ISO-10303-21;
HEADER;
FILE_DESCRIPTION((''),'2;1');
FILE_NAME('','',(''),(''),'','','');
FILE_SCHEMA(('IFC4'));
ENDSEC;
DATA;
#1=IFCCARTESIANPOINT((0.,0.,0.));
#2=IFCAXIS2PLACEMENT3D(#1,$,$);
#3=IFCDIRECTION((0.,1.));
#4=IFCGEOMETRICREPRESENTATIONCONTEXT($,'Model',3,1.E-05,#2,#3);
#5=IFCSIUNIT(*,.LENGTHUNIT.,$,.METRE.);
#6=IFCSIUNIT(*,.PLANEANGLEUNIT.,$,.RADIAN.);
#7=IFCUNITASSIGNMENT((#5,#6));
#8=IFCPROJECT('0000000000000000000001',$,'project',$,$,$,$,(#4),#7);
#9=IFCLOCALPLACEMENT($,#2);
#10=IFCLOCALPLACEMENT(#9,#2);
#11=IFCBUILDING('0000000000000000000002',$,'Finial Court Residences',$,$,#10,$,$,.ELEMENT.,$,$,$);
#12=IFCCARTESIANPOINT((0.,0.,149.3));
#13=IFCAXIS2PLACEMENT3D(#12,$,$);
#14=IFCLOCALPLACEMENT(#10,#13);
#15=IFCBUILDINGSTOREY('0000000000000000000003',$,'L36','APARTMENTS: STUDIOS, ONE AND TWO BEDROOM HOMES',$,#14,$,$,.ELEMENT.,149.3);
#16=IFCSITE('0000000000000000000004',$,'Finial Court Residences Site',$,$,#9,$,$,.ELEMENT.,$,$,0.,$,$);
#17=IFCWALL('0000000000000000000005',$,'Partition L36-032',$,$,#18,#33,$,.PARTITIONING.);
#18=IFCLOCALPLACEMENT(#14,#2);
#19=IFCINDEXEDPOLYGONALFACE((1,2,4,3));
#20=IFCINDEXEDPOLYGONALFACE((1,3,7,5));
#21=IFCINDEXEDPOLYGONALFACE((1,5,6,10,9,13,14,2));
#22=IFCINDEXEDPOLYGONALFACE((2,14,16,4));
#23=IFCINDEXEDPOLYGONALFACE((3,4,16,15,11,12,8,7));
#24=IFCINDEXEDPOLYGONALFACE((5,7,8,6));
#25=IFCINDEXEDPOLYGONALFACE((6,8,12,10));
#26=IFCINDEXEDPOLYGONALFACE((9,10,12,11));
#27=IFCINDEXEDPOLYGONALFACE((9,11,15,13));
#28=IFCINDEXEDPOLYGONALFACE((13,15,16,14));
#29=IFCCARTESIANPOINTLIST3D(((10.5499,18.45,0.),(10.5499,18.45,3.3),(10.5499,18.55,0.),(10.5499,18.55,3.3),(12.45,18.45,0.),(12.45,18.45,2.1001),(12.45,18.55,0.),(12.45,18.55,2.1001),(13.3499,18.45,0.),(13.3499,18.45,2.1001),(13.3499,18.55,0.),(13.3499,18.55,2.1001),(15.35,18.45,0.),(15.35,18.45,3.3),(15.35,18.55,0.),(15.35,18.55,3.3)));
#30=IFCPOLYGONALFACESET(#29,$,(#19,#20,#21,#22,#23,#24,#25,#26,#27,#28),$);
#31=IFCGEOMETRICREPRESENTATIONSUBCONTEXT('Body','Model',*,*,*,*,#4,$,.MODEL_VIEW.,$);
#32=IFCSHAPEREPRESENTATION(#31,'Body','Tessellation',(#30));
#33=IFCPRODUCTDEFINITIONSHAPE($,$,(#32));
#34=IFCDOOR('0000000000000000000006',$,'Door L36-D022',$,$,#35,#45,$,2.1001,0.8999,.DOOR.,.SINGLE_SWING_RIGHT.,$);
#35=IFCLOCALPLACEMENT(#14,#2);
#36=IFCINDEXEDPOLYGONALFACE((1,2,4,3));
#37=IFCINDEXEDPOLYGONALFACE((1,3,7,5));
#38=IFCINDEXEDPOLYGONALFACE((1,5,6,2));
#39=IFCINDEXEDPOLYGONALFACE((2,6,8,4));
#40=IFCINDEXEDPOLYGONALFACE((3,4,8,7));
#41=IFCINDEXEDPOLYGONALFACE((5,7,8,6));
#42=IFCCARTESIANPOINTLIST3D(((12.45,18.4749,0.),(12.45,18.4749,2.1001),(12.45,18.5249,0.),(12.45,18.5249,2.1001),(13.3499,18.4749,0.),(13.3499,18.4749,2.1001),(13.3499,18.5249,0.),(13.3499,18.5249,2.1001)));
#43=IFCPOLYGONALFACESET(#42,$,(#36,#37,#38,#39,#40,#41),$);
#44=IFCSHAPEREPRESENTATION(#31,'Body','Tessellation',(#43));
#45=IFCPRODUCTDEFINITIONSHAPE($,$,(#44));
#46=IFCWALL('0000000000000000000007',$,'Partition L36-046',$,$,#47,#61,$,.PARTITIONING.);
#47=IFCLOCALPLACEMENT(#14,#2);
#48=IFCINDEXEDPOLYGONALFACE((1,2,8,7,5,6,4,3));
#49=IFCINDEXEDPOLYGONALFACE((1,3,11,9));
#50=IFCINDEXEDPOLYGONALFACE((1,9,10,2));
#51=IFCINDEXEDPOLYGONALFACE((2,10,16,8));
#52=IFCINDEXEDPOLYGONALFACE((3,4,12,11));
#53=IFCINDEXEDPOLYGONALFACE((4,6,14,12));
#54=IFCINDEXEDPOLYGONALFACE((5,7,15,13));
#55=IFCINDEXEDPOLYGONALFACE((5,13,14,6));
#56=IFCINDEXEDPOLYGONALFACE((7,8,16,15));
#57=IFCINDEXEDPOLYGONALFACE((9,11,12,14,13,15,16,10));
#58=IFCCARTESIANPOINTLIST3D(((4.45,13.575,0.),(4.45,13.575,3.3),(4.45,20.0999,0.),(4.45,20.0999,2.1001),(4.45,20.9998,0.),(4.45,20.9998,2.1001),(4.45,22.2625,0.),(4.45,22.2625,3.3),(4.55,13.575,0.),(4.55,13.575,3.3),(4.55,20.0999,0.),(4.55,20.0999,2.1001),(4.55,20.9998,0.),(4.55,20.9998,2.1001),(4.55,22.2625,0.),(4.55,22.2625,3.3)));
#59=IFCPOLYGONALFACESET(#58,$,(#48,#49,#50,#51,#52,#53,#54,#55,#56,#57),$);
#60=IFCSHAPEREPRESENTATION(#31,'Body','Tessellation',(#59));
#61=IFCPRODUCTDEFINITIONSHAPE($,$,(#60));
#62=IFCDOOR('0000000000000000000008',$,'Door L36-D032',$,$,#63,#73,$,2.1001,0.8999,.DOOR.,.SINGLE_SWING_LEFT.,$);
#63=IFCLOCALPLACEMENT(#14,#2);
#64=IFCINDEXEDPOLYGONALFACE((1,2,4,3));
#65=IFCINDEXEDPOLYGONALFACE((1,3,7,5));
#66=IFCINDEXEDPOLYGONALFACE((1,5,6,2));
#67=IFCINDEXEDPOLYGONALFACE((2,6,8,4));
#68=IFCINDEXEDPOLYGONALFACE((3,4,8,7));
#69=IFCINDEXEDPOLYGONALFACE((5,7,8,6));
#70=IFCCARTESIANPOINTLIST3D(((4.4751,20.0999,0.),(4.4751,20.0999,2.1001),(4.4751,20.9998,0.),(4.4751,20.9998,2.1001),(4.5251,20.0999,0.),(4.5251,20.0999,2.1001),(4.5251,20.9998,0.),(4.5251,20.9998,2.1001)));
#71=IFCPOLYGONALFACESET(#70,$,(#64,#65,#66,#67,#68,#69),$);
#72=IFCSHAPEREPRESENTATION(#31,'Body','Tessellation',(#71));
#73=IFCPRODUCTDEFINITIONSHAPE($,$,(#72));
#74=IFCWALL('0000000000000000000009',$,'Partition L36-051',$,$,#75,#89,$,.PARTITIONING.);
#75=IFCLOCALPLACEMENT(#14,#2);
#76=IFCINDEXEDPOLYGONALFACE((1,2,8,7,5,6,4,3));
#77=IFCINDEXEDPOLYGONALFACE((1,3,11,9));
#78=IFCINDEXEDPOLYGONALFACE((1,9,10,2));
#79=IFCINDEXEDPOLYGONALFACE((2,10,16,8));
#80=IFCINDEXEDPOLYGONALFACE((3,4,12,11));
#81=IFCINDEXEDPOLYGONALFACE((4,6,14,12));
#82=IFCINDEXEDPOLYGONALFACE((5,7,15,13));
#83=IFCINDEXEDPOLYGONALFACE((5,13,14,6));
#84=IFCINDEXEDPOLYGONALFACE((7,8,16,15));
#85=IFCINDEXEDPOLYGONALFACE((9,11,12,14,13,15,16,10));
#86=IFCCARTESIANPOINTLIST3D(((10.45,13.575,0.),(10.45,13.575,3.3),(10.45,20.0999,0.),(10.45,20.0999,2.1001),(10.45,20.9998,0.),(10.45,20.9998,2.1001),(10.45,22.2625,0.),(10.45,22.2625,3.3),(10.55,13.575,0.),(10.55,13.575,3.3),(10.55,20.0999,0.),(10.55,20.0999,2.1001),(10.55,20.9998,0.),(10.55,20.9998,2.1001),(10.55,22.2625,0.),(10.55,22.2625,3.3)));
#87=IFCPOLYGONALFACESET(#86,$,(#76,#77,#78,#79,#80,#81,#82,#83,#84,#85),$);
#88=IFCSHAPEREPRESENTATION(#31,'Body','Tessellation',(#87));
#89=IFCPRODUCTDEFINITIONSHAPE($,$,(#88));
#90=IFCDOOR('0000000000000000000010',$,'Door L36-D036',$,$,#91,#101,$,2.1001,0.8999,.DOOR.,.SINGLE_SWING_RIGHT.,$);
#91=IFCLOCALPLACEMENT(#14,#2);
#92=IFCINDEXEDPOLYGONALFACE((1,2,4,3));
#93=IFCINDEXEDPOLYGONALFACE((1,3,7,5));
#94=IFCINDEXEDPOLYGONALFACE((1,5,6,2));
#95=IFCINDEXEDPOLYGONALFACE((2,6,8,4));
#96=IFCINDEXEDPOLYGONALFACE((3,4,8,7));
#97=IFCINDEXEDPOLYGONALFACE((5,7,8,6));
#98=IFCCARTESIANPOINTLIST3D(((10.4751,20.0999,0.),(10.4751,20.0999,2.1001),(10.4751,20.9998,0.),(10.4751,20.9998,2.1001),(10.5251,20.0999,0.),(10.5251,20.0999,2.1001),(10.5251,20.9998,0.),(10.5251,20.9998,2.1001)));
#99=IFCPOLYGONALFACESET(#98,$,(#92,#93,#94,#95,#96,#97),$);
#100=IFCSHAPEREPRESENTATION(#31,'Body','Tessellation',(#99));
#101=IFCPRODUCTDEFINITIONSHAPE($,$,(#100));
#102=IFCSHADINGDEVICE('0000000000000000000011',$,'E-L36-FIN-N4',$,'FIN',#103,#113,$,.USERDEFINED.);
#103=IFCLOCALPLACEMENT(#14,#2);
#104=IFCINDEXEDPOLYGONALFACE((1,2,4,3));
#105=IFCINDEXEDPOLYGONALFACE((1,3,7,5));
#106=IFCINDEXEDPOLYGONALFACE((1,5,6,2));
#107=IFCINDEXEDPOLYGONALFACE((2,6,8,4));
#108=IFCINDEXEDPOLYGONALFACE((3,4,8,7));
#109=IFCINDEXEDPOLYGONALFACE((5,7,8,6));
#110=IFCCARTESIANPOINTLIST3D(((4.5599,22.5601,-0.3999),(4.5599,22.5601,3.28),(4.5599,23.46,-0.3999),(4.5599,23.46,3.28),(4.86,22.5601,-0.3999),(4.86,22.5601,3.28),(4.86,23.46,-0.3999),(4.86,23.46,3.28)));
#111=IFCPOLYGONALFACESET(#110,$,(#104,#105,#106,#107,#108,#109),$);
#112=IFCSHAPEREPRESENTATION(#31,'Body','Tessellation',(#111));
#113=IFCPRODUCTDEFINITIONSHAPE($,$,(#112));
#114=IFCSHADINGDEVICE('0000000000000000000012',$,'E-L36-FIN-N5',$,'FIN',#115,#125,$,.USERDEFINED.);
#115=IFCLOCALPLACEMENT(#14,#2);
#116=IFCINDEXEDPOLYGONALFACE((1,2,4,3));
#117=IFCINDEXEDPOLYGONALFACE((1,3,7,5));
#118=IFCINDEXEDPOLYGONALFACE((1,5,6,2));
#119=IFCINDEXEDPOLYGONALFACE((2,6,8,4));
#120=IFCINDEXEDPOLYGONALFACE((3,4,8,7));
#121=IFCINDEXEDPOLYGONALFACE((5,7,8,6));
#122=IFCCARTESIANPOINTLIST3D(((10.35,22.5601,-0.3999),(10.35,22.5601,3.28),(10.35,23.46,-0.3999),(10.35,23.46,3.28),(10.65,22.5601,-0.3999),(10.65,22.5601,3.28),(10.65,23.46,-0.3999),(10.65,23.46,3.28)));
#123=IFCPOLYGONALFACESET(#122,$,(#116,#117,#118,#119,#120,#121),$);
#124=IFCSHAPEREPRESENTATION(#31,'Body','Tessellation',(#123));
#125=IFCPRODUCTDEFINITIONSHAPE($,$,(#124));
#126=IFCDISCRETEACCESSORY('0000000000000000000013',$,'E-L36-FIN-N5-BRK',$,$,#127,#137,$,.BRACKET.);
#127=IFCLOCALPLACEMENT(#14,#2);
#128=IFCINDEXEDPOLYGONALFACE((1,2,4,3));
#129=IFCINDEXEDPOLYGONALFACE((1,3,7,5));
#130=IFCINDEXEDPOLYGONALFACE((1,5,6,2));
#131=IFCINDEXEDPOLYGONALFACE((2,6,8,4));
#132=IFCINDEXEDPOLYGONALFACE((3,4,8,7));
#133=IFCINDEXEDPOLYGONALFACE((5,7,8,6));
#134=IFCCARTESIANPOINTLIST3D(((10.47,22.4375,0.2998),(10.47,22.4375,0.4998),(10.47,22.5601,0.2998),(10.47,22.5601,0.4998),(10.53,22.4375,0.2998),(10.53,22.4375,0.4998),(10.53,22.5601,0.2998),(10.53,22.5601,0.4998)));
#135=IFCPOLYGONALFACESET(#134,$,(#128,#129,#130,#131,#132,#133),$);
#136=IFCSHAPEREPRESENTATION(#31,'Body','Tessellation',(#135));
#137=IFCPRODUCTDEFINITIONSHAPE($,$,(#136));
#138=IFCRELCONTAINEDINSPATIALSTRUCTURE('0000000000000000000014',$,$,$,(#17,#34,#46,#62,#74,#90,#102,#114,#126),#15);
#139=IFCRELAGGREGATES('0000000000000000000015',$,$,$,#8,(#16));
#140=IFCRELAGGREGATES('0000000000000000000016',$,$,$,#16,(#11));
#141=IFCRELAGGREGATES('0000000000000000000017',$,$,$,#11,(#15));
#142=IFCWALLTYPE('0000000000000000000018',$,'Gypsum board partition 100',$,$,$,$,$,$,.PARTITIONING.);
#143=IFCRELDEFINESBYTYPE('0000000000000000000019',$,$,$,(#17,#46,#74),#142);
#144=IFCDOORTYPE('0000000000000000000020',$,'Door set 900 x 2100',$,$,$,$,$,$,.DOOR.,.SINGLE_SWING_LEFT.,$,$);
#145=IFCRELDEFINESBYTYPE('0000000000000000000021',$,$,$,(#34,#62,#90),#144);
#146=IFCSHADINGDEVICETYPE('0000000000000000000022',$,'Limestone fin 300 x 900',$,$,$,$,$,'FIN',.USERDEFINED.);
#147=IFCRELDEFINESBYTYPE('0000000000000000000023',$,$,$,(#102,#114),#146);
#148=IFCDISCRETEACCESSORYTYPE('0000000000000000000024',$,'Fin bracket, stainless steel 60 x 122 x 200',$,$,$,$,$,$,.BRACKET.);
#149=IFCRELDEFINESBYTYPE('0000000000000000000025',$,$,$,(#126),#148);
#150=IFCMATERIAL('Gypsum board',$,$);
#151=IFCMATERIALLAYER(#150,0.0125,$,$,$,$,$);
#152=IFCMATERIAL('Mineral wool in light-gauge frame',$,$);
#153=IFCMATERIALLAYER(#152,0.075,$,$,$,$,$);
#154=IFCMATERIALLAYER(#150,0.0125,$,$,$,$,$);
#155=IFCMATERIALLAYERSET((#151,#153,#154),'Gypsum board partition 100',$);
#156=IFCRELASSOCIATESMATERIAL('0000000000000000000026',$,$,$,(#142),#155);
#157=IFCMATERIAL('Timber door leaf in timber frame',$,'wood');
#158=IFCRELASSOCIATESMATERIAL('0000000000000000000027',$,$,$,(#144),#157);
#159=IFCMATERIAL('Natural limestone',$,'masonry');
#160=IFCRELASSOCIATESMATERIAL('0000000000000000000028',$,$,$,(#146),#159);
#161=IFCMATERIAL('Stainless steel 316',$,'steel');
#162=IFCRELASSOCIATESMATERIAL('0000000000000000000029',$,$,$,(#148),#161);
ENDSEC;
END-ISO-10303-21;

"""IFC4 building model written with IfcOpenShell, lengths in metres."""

from ifc_helpers import new_model, si_unit, direction, frame, frame_2d, origin, origin_2d, place, context, subcontext, project, spatial, rectangle, extrude, material, layer, layer_set, type_object, element, fill, save


model = new_model("IFC4")

# Units and contexts
model_context = context("Model", 3, precision=1e-05, world=origin(), true_north=direction((0.0, 1.0)))
body_context = subcontext(model_context, "Body", "Model", "MODEL_VIEW")
ifc_project = project(units=[si_unit("LENGTHUNIT", "METRE"), si_unit("PLANEANGLEUNIT", "RADIAN")], contexts=[model_context])

# Site, building, storey
site_placement = place(None, origin())
site = spatial("IfcSite", under=ifc_project, at=site_placement, Name="Finial Court Residences Site", CompositionType="ELEMENT", RefElevation=0.0)
building_placement = place(site_placement, origin())
building = spatial("IfcBuilding", under=site, at=building_placement, Name="Finial Court Residences", CompositionType="ELEMENT")
storey_placement = place(building_placement, frame((0.0, 0.0, 149.3)))
storey = spatial("IfcBuildingStorey", under=building, at=storey_placement, Name="L36", Description="APARTMENTS: STUDIOS, ONE AND TWO BEDROOM HOMES", CompositionType="ELEMENT", Elevation=149.3)

# Walls, openings, doors
ifc_material_1 = material(Name="Gypsum board")
ifc_layer_1 = layer(ifc_material_1, 0.0125)
ifc_material_2 = material(Name="Mineral wool in light-gauge frame")
ifc_layer_2 = layer(ifc_material_2, 0.075)
ifc_layer_3 = layer(ifc_material_1, 0.0125)
ifc_layer_set_1 = layer_set([ifc_layer_1, ifc_layer_2, ifc_layer_3], Name="Gypsum board partition 100")
wall_type = type_object("IfcWallType", Name="Gypsum board partition 100", PredefinedType="PARTITIONING", material=ifc_layer_set_1)
wall_1_placement = place(storey_placement, frame((10.55, 18.5, 0.0), z_axis=(0.0, 0.0, 1.0), x_axis=(1.0, 0.0, 0.0)))
wall_1 = element("IfcWall", 1, at=wall_1_placement, inside=storey, type_object=wall_type, Name="Partition L36-032", PredefinedType="PARTITIONING", context=body_context, shape_type="SweptSolid", body=[
    extrude(rectangle(XDim=4.8, YDim=0.1001, at=frame_2d((2.3999, 0.0))), origin(), (0.0, 0.0, 1.0), 3.3),
])
opening_1_placement = place(wall_1_placement, frame((1.8999, 0.0, 0.0)))
opening_1 = element("IfcOpeningElement", 2, at=opening_1_placement, cuts=wall_1, PredefinedType="OPENING", context=body_context, shape_type="SweptSolid", body=[
    extrude(rectangle(XDim=0.8999, YDim=2.1001, at=frame_2d((0.45, 1.05))), frame((0.0, 0.0601, 0.0), z_axis=(0.0, -1.0, 0.0), x_axis=(1.0, 0.0, 0.0)), (0.0, 0.0, 1.0), 0.1201),
])
ifc_material_3 = material(Name="Timber door leaf in timber frame", Category="wood")
door_type = type_object("IfcDoorType", Name="Door set 900 x 2100", OperationType="SINGLE_SWING_LEFT", PredefinedType="DOOR", material=ifc_material_3)
door_1_placement = place(opening_1_placement, origin())
door_1 = element("IfcDoor", 3, at=door_1_placement, inside=storey, type_object=door_type, Name="Door L36-D022", OperationType="SINGLE_SWING_RIGHT", OverallHeight=2.1001, OverallWidth=0.8999, PredefinedType="DOOR", context=body_context, shape_type="SweptSolid", body=[
    extrude(rectangle(XDim=0.8999, YDim=2.1001, at=frame_2d((0.45, 1.05))), frame((0.0, 0.0249, 0.0), z_axis=(0.0, -1.0, 0.0), x_axis=(1.0, 0.0, 0.0)), (0.0, 0.0, 1.0), 0.05),
])
fill(opening_1, door_1)
wall_2_placement = place(storey_placement, frame((4.5, 13.575, 0.0), z_axis=(0.0, 0.0, 1.0), x_axis=(0.0, 1.0, 0.0)))
wall_2 = element("IfcWall", 4, at=wall_2_placement, inside=storey, type_object=wall_type, Name="Partition L36-046", PredefinedType="PARTITIONING", context=body_context, shape_type="SweptSolid", body=[
    extrude(rectangle(XDim=8.6875, YDim=0.1001, at=frame_2d((4.3438, 0.0))), origin(), (0.0, 0.0, 1.0), 3.3),
])
opening_2_placement = place(wall_2_placement, frame((6.5249, 0.0, 0.0)))
opening_2 = element("IfcOpeningElement", 5, at=opening_2_placement, cuts=wall_2, PredefinedType="OPENING", context=body_context, shape_type="SweptSolid", body=[
    extrude(rectangle(XDim=0.8999, YDim=2.1001, at=frame_2d((0.45, 1.05))), frame((0.0, 0.0601, 0.0), z_axis=(0.0, -1.0, 0.0), x_axis=(1.0, 0.0, 0.0)), (0.0, 0.0, 1.0), 0.1201),
])
door_2_placement = place(opening_2_placement, origin())
door_2 = element("IfcDoor", 6, at=door_2_placement, inside=storey, type_object=door_type, Name="Door L36-D032", OperationType="SINGLE_SWING_LEFT", OverallHeight=2.1001, OverallWidth=0.8999, PredefinedType="DOOR", context=body_context, shape_type="SweptSolid", body=[
    extrude(rectangle(XDim=0.8999, YDim=2.1001, at=frame_2d((0.45, 1.05))), frame((0.0, 0.0249, 0.0), z_axis=(0.0, -1.0, 0.0), x_axis=(1.0, 0.0, 0.0)), (0.0, 0.0, 1.0), 0.05),
])
fill(opening_2, door_2)
wall_3_placement = place(storey_placement, frame((10.5, 13.575, 0.0), z_axis=(0.0, 0.0, 1.0), x_axis=(0.0, 1.0, 0.0)))
wall_3 = element("IfcWall", 7, at=wall_3_placement, inside=storey, type_object=wall_type, Name="Partition L36-051", PredefinedType="PARTITIONING", context=body_context, shape_type="SweptSolid", body=[
    extrude(rectangle(XDim=8.6875, YDim=0.1001, at=frame_2d((4.3438, 0.0))), origin(), (0.0, 0.0, 1.0), 3.3),
])
opening_3_placement = place(wall_3_placement, frame((6.5249, 0.0, 0.0)))
opening_3 = element("IfcOpeningElement", 8, at=opening_3_placement, cuts=wall_3, PredefinedType="OPENING", context=body_context, shape_type="SweptSolid", body=[
    extrude(rectangle(XDim=0.8999, YDim=2.1001, at=frame_2d((0.45, 1.05))), frame((0.0, 0.0601, 0.0), z_axis=(0.0, -1.0, 0.0), x_axis=(1.0, 0.0, 0.0)), (0.0, 0.0, 1.0), 0.1201),
])
door_3_placement = place(opening_3_placement, origin())
door_3 = element("IfcDoor", 9, at=door_3_placement, inside=storey, type_object=door_type, Name="Door L36-D036", OperationType="SINGLE_SWING_RIGHT", OverallHeight=2.1001, OverallWidth=0.8999, PredefinedType="DOOR", context=body_context, shape_type="SweptSolid", body=[
    extrude(rectangle(XDim=0.8999, YDim=2.1001, at=frame_2d((0.45, 1.05))), frame((0.0, 0.0249, 0.0), z_axis=(0.0, -1.0, 0.0), x_axis=(1.0, 0.0, 0.0)), (0.0, 0.0, 1.0), 0.05),
])
fill(opening_3, door_3)

# Shading devices
ifc_material_4 = material(Name="Natural limestone", Category="masonry")
shading_device_type = type_object("IfcShadingDeviceType", Name="Limestone fin 300 x 900", ElementType="FIN", PredefinedType="USERDEFINED", material=ifc_material_4)
for number, where, z_axis, x_axis, name in (
    (10, (4.71, 23.01, -0.3999), (0.0, 0.0, 1.0), (1.0, 0.0, 0.0), "E-L36-FIN-N4"),
    (11, (10.5, 23.01, -0.3999), (0.0, 0.0, 1.0), (1.0, 0.0, 0.0), "E-L36-FIN-N5"),
):
    element("IfcShadingDevice", number, at=place(storey_placement, frame(where, z_axis=z_axis, x_axis=x_axis)), inside=storey, type_object=shading_device_type, Name=name, ObjectType="FIN", PredefinedType="USERDEFINED", context=body_context, shape_type="SweptSolid", body=[
        extrude(rectangle(XDim=0.3, YDim=0.8999, at=origin_2d()), origin(), (0.0, 0.0, 1.0), 3.6799),
    ])

# Discrete accessory
ifc_material_5 = material(Name="Stainless steel 316", Category="steel")
discrete_accessory_type = type_object("IfcDiscreteAccessoryType", Name="Fin bracket, stainless steel 60 x 122 x 200", PredefinedType="BRACKET", material=ifc_material_5)
discrete_accessory_placement = place(storey_placement, frame((10.5, 22.4988, 0.2998), z_axis=(0.0, 0.0, 1.0), x_axis=(1.0, 0.0, 0.0)))
element("IfcDiscreteAccessory", 12, at=discrete_accessory_placement, inside=storey, type_object=discrete_accessory_type, Name="E-L36-FIN-N5-BRK", PredefinedType="BRACKET", context=body_context, shape_type="SweptSolid", body=[
    extrude(rectangle(XDim=0.0601, YDim=0.1226, at=origin_2d()), origin(), (0.0, 0.0, 1.0), 0.2),
])

save(model, "model.ifc")
